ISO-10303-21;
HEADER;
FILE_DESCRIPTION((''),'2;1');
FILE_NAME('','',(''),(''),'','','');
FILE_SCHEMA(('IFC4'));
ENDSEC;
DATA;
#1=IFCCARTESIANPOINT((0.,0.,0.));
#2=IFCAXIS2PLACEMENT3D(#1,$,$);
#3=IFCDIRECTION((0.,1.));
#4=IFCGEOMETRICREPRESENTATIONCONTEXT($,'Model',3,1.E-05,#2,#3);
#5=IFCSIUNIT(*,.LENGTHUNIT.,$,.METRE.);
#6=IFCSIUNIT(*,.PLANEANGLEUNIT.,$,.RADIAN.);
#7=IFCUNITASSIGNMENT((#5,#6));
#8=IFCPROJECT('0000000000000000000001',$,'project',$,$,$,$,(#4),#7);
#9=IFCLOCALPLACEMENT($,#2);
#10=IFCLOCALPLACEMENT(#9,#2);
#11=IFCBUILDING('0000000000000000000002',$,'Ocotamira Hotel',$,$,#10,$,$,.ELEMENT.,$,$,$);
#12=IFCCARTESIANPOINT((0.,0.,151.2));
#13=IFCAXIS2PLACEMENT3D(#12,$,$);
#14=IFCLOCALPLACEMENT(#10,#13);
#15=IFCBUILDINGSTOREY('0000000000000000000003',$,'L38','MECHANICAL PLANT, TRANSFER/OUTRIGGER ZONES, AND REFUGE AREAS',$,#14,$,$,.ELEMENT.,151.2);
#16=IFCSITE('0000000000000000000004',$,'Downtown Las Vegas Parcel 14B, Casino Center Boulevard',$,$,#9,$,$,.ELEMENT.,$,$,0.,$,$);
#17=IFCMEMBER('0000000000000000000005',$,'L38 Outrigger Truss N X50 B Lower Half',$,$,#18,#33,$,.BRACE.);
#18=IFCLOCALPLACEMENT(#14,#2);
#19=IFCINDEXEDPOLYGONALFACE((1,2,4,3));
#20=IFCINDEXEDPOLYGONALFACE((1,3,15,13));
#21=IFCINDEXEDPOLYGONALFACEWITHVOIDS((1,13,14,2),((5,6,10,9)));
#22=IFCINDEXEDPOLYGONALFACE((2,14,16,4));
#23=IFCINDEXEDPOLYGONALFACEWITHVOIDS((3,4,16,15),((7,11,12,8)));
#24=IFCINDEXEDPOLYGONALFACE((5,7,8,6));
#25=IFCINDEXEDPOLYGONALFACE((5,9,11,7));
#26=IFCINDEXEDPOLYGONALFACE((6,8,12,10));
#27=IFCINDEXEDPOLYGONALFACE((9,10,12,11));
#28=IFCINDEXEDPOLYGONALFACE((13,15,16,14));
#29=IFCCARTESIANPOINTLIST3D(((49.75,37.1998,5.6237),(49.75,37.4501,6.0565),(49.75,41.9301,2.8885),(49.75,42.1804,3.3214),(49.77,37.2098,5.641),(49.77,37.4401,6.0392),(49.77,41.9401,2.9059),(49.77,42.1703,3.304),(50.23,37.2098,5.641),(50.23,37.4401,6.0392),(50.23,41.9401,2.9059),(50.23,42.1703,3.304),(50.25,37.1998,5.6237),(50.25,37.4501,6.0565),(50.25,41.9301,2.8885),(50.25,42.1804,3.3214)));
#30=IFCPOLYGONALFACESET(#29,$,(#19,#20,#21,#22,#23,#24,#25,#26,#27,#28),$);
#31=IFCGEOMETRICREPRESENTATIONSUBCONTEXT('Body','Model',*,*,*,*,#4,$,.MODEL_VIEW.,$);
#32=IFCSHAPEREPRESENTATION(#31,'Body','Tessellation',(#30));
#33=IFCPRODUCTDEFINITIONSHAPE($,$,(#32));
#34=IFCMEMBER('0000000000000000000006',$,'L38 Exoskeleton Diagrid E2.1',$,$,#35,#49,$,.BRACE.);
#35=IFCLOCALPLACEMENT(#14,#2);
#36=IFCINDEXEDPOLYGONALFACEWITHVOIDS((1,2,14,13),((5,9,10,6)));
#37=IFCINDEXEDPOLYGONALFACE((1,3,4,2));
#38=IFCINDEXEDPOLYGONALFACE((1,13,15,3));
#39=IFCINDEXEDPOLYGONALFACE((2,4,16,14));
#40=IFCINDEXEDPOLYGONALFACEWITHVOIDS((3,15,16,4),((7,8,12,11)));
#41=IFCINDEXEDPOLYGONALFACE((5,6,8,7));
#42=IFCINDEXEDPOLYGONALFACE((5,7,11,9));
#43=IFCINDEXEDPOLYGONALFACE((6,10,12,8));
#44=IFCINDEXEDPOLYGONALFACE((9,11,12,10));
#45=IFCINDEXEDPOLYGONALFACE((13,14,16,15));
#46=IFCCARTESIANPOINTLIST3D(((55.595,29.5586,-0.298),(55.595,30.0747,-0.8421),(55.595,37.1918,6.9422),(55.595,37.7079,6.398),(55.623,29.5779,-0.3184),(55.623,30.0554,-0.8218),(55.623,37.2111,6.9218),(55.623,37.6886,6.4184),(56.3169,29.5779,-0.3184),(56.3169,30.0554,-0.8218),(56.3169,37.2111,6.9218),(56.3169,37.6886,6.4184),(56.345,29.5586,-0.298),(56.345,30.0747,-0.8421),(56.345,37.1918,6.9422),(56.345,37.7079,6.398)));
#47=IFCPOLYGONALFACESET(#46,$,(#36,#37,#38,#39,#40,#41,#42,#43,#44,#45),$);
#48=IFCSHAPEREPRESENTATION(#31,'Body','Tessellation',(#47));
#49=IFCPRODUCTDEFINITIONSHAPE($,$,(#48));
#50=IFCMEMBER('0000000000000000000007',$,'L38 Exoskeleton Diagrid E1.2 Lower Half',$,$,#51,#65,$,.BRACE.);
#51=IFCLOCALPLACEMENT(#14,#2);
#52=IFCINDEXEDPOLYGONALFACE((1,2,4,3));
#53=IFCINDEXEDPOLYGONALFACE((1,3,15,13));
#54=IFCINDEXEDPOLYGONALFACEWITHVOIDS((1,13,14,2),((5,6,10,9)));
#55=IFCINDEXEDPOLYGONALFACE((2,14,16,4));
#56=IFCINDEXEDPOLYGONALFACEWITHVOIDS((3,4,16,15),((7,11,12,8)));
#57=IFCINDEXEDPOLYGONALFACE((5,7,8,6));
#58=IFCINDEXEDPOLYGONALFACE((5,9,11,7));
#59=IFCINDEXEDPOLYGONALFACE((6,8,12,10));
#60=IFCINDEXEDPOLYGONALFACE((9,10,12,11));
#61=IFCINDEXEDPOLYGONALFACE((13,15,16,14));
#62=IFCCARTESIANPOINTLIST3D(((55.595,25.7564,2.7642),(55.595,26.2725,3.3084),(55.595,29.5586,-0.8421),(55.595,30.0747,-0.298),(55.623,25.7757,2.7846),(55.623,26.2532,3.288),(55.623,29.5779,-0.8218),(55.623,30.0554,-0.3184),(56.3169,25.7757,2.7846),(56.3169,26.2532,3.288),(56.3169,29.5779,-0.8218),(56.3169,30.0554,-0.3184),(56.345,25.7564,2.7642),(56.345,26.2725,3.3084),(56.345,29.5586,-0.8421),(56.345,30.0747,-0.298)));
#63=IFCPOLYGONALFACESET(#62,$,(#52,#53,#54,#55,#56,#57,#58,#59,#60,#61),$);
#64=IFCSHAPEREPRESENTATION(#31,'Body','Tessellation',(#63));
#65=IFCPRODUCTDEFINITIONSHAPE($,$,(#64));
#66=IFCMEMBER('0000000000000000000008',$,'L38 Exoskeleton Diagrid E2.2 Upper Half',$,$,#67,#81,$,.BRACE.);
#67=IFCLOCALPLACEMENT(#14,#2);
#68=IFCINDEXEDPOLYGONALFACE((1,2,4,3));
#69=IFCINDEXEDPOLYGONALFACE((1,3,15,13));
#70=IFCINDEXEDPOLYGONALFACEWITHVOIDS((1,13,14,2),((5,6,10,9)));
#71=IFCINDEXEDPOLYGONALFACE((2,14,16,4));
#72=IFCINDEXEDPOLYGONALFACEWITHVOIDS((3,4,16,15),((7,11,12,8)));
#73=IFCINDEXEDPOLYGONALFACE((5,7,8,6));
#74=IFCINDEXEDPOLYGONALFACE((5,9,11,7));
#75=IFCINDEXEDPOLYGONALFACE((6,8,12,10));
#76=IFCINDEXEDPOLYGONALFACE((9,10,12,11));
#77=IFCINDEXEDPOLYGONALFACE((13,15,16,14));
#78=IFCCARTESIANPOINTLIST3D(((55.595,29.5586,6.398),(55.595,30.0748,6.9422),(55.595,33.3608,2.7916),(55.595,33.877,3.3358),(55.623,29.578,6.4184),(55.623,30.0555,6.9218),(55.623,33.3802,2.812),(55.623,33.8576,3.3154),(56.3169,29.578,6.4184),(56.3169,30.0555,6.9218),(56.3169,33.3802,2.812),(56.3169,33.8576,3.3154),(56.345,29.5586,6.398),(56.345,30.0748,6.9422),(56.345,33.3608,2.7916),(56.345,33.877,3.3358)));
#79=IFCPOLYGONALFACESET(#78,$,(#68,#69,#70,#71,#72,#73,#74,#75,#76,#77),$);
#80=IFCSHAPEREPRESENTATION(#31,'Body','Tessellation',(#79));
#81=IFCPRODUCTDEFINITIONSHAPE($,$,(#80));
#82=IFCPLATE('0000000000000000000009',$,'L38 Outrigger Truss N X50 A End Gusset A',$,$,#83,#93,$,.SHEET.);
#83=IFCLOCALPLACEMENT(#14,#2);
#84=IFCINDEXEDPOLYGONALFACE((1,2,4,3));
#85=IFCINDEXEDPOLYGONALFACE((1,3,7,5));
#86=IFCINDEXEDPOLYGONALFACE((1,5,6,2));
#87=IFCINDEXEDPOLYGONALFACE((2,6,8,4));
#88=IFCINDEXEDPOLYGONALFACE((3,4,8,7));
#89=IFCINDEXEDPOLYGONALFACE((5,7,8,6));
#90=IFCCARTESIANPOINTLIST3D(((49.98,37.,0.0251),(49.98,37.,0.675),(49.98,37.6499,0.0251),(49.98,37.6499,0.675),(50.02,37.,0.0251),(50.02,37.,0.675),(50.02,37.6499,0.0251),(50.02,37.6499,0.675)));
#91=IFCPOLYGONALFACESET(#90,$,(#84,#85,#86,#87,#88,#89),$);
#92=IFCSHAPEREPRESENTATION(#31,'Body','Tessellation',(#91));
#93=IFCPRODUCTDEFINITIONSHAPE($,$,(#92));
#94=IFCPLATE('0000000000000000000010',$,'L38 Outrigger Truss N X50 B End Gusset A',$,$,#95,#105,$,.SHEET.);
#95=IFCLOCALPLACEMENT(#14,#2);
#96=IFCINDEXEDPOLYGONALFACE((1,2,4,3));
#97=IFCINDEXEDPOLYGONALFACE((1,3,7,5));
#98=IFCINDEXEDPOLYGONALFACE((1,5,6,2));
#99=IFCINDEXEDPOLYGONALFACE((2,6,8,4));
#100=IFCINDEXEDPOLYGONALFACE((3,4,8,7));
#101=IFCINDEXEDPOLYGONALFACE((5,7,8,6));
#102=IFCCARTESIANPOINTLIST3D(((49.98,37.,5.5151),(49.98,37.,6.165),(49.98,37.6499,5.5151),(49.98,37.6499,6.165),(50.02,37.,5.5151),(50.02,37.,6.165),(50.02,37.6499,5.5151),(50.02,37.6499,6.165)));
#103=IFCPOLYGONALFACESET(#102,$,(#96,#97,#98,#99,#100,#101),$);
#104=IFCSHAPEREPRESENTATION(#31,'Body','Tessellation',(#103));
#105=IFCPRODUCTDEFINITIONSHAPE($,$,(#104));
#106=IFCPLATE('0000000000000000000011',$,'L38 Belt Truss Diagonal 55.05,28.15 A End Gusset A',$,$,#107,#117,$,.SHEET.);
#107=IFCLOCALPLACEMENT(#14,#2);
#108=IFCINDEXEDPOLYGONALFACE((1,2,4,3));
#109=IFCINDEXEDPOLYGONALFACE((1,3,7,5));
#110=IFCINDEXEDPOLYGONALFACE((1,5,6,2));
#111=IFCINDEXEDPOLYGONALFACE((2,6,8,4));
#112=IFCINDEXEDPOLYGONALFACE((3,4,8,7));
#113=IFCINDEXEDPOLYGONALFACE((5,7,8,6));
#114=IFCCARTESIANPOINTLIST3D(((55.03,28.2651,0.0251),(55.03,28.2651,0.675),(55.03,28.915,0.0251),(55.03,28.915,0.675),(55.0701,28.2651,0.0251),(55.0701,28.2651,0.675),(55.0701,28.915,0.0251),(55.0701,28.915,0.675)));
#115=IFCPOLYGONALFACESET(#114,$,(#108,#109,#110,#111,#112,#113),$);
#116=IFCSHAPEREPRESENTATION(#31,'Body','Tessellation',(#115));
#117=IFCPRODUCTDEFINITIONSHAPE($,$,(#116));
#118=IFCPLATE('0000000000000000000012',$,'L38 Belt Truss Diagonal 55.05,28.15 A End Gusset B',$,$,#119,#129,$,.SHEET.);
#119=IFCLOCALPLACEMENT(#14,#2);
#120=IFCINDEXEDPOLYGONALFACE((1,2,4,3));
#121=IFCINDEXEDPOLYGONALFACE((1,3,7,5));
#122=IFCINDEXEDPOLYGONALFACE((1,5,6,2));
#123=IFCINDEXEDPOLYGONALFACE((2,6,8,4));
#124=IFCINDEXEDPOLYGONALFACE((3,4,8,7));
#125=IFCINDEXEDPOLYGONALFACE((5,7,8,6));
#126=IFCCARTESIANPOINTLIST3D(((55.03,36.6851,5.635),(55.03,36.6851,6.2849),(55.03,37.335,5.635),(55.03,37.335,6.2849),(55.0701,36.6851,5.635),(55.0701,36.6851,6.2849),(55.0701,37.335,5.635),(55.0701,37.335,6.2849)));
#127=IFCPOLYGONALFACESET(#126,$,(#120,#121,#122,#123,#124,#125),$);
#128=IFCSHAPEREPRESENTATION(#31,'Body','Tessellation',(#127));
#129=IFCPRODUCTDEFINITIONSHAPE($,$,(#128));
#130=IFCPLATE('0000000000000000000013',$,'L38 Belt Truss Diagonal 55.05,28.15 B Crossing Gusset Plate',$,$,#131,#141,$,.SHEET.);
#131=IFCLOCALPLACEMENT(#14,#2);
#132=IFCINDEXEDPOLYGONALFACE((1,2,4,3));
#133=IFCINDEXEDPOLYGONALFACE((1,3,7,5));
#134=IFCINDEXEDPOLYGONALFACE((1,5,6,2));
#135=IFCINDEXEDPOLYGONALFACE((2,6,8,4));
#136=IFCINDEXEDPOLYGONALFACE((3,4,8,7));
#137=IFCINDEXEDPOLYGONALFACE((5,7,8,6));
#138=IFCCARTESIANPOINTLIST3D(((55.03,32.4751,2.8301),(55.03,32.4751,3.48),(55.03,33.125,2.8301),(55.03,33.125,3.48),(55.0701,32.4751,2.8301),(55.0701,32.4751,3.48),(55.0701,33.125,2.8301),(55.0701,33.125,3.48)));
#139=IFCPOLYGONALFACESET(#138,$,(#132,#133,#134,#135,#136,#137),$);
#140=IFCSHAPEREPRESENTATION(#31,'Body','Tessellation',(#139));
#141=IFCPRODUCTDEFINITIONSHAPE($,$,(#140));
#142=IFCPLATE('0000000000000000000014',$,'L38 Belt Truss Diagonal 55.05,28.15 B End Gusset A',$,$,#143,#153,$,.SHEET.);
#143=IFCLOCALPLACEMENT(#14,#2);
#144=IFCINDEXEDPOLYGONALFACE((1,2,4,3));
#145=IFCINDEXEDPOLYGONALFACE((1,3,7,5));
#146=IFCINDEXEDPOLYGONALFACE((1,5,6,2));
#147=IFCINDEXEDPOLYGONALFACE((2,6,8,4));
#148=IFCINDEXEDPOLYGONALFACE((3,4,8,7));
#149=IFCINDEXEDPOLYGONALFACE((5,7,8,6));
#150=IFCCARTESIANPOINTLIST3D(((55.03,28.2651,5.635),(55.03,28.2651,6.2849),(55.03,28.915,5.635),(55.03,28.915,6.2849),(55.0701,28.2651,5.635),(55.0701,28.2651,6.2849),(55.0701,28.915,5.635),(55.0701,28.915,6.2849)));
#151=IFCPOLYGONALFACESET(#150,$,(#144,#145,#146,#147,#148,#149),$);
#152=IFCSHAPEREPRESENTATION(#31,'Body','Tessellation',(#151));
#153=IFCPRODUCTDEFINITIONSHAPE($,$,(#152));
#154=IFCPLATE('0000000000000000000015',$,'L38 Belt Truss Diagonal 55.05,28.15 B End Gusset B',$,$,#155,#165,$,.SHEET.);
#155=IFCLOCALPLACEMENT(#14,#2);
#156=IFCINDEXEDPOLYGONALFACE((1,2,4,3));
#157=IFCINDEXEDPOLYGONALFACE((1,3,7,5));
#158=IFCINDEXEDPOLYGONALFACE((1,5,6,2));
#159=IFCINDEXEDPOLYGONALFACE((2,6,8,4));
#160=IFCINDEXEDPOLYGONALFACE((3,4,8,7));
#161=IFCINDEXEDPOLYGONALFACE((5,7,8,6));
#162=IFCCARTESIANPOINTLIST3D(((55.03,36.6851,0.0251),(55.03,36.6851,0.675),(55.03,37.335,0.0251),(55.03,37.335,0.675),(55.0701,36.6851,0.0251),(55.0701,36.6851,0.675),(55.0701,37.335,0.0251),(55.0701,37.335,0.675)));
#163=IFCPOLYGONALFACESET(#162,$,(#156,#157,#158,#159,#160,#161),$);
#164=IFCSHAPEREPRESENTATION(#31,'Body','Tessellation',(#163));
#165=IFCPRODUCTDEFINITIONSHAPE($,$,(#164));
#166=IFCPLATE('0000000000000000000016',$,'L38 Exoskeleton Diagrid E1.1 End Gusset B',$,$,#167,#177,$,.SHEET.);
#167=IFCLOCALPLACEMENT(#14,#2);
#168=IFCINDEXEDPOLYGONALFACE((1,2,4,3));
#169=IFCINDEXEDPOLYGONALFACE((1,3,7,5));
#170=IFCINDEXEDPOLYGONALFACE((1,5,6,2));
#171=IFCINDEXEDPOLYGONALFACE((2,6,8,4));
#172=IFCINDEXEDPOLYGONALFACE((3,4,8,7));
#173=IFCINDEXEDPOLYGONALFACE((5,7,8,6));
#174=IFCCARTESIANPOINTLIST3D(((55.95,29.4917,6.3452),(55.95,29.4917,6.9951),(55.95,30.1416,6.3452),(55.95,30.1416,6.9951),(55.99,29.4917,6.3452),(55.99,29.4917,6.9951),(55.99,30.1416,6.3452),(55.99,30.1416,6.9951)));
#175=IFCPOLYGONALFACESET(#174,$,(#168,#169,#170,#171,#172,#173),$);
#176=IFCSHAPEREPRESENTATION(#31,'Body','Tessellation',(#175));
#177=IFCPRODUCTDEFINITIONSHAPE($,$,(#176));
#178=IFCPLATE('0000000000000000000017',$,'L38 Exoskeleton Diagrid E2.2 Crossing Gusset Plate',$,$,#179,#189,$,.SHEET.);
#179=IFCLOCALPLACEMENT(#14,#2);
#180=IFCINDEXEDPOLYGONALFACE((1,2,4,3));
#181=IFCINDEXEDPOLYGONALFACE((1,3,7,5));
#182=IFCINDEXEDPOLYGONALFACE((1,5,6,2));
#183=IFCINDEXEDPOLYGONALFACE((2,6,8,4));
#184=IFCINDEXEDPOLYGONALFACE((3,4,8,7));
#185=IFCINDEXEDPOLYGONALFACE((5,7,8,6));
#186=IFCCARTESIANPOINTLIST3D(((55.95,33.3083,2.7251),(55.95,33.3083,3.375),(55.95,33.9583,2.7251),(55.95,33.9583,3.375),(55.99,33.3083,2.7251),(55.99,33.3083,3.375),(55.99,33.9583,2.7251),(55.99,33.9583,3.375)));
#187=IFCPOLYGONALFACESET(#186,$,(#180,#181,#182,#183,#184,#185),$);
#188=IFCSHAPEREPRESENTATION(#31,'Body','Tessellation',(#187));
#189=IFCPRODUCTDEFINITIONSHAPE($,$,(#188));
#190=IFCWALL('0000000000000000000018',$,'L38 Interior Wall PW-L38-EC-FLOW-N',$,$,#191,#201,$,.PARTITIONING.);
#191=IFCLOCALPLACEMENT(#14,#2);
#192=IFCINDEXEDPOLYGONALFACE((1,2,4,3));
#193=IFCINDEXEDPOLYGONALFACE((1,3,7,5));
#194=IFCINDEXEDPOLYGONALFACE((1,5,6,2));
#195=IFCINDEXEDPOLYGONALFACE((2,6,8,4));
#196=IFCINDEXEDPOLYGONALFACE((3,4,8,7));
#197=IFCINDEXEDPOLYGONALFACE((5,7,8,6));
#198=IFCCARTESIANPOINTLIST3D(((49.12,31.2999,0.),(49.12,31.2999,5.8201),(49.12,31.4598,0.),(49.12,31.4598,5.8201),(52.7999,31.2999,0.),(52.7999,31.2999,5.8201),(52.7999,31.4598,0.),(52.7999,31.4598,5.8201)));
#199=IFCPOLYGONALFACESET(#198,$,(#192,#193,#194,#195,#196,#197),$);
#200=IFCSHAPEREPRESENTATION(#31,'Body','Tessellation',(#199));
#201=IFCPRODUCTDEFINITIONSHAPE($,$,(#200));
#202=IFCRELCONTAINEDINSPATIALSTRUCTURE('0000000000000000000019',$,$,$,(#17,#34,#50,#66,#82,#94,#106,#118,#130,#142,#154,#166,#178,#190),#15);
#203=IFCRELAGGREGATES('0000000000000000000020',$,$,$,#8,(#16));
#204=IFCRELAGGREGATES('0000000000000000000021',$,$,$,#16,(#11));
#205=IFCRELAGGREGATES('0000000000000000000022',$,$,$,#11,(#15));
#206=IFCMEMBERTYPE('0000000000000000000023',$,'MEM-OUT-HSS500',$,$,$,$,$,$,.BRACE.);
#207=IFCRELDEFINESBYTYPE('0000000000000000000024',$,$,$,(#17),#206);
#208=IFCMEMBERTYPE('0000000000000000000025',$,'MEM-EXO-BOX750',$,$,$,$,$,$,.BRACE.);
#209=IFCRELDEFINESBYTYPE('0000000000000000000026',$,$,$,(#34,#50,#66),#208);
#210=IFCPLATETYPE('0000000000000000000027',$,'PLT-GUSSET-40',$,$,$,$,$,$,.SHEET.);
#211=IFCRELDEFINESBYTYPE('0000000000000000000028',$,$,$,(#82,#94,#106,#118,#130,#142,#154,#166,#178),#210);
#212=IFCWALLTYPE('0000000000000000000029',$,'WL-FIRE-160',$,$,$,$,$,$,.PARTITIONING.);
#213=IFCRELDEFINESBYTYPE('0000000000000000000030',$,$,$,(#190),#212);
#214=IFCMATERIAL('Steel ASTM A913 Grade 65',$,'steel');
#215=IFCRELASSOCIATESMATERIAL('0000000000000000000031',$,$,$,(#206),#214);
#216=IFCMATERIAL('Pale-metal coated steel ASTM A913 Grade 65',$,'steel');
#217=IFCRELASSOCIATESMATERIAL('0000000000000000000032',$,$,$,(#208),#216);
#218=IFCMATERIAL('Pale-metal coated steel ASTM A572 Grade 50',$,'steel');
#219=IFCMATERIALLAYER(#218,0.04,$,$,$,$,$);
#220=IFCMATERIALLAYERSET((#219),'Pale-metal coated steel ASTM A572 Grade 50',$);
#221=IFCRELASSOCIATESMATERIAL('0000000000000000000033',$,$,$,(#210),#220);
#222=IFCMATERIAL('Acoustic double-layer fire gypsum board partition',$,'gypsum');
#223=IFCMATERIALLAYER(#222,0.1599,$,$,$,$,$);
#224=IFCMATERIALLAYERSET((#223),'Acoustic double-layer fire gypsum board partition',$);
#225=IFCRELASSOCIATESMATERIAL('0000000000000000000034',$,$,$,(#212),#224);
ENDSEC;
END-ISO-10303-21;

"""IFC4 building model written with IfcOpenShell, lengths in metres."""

from ifc_helpers import new_model, si_unit, direction, frame, frame_2d, origin, origin_2d, place, context, subcontext, project, spatial, rectangle, hollow_rectangle, extrude, source, transform, mapped, material, layer, layer_set, material_profile, profile_set, type_object, element, save


model = new_model("IFC4")

# Units and contexts
model_context = context("Model", 3, precision=1e-05, world=origin(), true_north=direction((0.0, 1.0)))
body_context = subcontext(model_context, "Body", "Model", "MODEL_VIEW")
ifc_project = project(units=[si_unit("LENGTHUNIT", "METRE"), si_unit("PLANEANGLEUNIT", "RADIAN")], contexts=[model_context])

# Site, building, storey
site_placement = place(None, origin())
site = spatial("IfcSite", under=ifc_project, at=site_placement, Name="Downtown Las Vegas Parcel 14B, Casino Center Boulevard", CompositionType="ELEMENT", RefElevation=0.0)
building_placement = place(site_placement, origin())
building = spatial("IfcBuilding", under=site, at=building_placement, Name="Ocotamira Hotel", CompositionType="ELEMENT")
storey_placement = place(building_placement, frame((0.0, 0.0, 151.2)))
storey = spatial("IfcBuildingStorey", under=building, at=storey_placement, Name="L38", Description="MECHANICAL PLANT, TRANSFER/OUTRIGGER ZONES, AND REFUGE AREAS", CompositionType="ELEMENT", Elevation=151.2)

# Shared definitions
ifc_material_1 = material(Name="Steel ASTM A913 Grade 65", Category="steel")

# Members
ifc_material_profile_1 = material_profile(ifc_material_1, hollow_rectangle(XDim=0.5, YDim=0.5, WallThickness=0.02, at=origin_2d()), Name="HSS500X500X20")
ifc_profile_set_1 = profile_set([ifc_material_profile_1], Name="Steel ASTM A913 Grade 65")
member_type_1 = type_object("IfcMemberType", Name="MEM-OUT-HSS500", PredefinedType="BRACE", material=ifc_profile_set_1)
shared_shape_1 = source(origin(), body_context, "Body", "SweptSolid", [
    extrude(hollow_rectangle(XDim=0.5, YDim=0.5, WallThickness=0.02, at=origin_2d()), origin(), (0.0, 0.0, 1.0), 5.4641),
])
member_1_placement = place(storey_placement, frame((50.0, 37.325, 5.8401), z_axis=(0.0, 0.865699, -0.500564), x_axis=(-1.0, 0.0, 0.0)))
element("IfcMember", 1, at=member_1_placement, inside=storey, type_object=member_type_1, Name="L38 Outrigger Truss N X50 B Lower Half", PredefinedType="BRACE", context=body_context, shape_type="MappedRepresentation", body=[
    mapped(shared_shape_1, transform((0.0, 0.0, 0.0), scale=1.0)),
])
ifc_material_2 = material(Name="Pale-metal coated steel ASTM A913 Grade 65", Category="steel")
ifc_material_profile_2 = material_profile(ifc_material_2, hollow_rectangle(XDim=0.75, YDim=0.75, WallThickness=0.0281, at=origin_2d()), Name="BOX750X750X28")
ifc_profile_set_2 = profile_set([ifc_material_profile_2], Name="Pale-metal coated steel ASTM A913 Grade 65")
member_type_2 = type_object("IfcMemberType", Name="MEM-EXO-BOX750", PredefinedType="BRACE", material=ifc_profile_set_2)
shared_shape_2 = source(origin(), body_context, "Body", "SweptSolid", [
    extrude(hollow_rectangle(XDim=0.75, YDim=0.75, WallThickness=0.0281, at=origin_2d()), origin(), (0.0, 0.0, 1.0), 10.5208),
])
member_2_placement = place(storey_placement, frame((55.97, 29.8167, -0.5701), z_axis=(0.0, 0.72554, 0.68818), x_axis=(-1.0, 0.0, 0.0)))
element("IfcMember", 2, at=member_2_placement, inside=storey, type_object=member_type_2, Name="L38 Exoskeleton Diagrid E2.1", PredefinedType="BRACE", context=body_context, shape_type="MappedRepresentation", body=[
    mapped(shared_shape_2, transform((0.0, 0.0, 0.0), scale=1.0)),
])
shared_shape_3 = source(origin(), body_context, "Body", "SweptSolid", [
    extrude(hollow_rectangle(XDim=0.75, YDim=0.75, WallThickness=0.0281, at=origin_2d()), origin(), (0.0, 0.0, 1.0), 5.2405),
])
for number, where, z_axis, x_axis, name in (
    (3, (55.97, 29.8167, -0.5701), (0.0, -0.725541, 0.688179), (1.0, 0.0, 0.0), "L38 Exoskeleton Diagrid E1.2 Lower Half"),
    (4, (55.97, 33.6189, 3.0637), (0.0, -0.725541, 0.688179), (1.0, 0.0, 0.0), "L38 Exoskeleton Diagrid E2.2 Upper Half"),
):
    element("IfcMember", number, at=place(storey_placement, frame(where, z_axis=z_axis, x_axis=x_axis)), inside=storey, type_object=member_type_2, Name=name, PredefinedType="BRACE", context=body_context, shape_type="MappedRepresentation", body=[
        mapped(shared_shape_3, transform((0.0, 0.0, 0.0), scale=1.0)),
    ])

# Plates
ifc_material_3 = material(Name="Pale-metal coated steel ASTM A572 Grade 50", Category="steel")
ifc_layer_1 = layer(ifc_material_3, 0.04)
ifc_layer_set_1 = layer_set([ifc_layer_1], Name="Pale-metal coated steel ASTM A572 Grade 50")
plate_type = type_object("IfcPlateType", Name="PLT-GUSSET-40", PredefinedType="SHEET", material=ifc_layer_set_1)
shared_shape_4 = source(origin(), body_context, "Body", "SweptSolid", [
    extrude(rectangle(XDim=0.04, YDim=0.6499, at=origin_2d()), origin(), (0.0, 0.0, 1.0), 0.6499),
])
for number, where, z_axis, x_axis, name in (
    (5, (50.0, 37.325, 0.0251), (0.0, 0.0, 1.0), (1.0, 0.0, 0.0), "L38 Outrigger Truss N X50 A End Gusset A"),
    (6, (50.0, 37.325, 5.5151), (0.0, 0.0, 1.0), (1.0, 0.0, 0.0), "L38 Outrigger Truss N X50 B End Gusset A"),
    (7, (55.05, 28.5901, 0.0251), (0.0, 0.0, 1.0), (1.0, 0.0, 0.0), "L38 Belt Truss Diagonal 55.05,28.15 A End Gusset A"),
    (8, (55.05, 37.01, 5.635), (0.0, 0.0, 1.0), (1.0, 0.0, 0.0), "L38 Belt Truss Diagonal 55.05,28.15 A End Gusset B"),
    (9, (55.05, 32.8, 2.8301), (0.0, 0.0, 1.0), (1.0, 0.0, 0.0), "L38 Belt Truss Diagonal 55.05,28.15 B Crossing Gusset Plate"),
    (10, (55.05, 28.5901, 5.635), (0.0, 0.0, 1.0), (1.0, 0.0, 0.0), "L38 Belt Truss Diagonal 55.05,28.15 B End Gusset A"),
    (11, (55.05, 37.01, 0.0251), (0.0, 0.0, 1.0), (1.0, 0.0, 0.0), "L38 Belt Truss Diagonal 55.05,28.15 B End Gusset B"),
    (12, (55.97, 29.8167, 6.3452), (0.0, 0.0, 1.0), (1.0, 0.0, 0.0), "L38 Exoskeleton Diagrid E1.1 End Gusset B"),
    (13, (55.97, 33.6333, 2.7251), (0.0, 0.0, 1.0), (1.0, 0.0, 0.0), "L38 Exoskeleton Diagrid E2.2 Crossing Gusset Plate"),
):
    element("IfcPlate", number, at=place(storey_placement, frame(where, z_axis=z_axis, x_axis=x_axis)), inside=storey, type_object=plate_type, Name=name, PredefinedType="SHEET", context=body_context, shape_type="MappedRepresentation", body=[
        mapped(shared_shape_4, transform((0.0, 0.0, 0.0), scale=1.0)),
    ])

# Wall
ifc_material_4 = material(Name="Acoustic double-layer fire gypsum board partition", Category="gypsum")
ifc_layer_2 = layer(ifc_material_4, 0.1599)
ifc_layer_set_2 = layer_set([ifc_layer_2], Name="Acoustic double-layer fire gypsum board partition")
wall_type_1 = type_object("IfcWallType", Name="WL-FIRE-160", PredefinedType="PARTITIONING", material=ifc_layer_set_2)
wall_1_placement = place(storey_placement, frame((49.1201, 31.3799, 0.0), z_axis=(0.0, 0.0, 1.0), x_axis=(1.0, 0.0, 0.0)))
element("IfcWall", 14, at=wall_1_placement, inside=storey, type_object=wall_type_1, Name="L38 Interior Wall PW-L38-EC-FLOW-N", PredefinedType="PARTITIONING", context=body_context, shape_type="SweptSolid", body=[
    extrude(rectangle(XDim=3.6799, YDim=0.1599, at=frame_2d((1.8398, 0.0))), origin(), (0.0, 0.0, 1.0), 5.8201),
])

save(model, "model.ifc")
